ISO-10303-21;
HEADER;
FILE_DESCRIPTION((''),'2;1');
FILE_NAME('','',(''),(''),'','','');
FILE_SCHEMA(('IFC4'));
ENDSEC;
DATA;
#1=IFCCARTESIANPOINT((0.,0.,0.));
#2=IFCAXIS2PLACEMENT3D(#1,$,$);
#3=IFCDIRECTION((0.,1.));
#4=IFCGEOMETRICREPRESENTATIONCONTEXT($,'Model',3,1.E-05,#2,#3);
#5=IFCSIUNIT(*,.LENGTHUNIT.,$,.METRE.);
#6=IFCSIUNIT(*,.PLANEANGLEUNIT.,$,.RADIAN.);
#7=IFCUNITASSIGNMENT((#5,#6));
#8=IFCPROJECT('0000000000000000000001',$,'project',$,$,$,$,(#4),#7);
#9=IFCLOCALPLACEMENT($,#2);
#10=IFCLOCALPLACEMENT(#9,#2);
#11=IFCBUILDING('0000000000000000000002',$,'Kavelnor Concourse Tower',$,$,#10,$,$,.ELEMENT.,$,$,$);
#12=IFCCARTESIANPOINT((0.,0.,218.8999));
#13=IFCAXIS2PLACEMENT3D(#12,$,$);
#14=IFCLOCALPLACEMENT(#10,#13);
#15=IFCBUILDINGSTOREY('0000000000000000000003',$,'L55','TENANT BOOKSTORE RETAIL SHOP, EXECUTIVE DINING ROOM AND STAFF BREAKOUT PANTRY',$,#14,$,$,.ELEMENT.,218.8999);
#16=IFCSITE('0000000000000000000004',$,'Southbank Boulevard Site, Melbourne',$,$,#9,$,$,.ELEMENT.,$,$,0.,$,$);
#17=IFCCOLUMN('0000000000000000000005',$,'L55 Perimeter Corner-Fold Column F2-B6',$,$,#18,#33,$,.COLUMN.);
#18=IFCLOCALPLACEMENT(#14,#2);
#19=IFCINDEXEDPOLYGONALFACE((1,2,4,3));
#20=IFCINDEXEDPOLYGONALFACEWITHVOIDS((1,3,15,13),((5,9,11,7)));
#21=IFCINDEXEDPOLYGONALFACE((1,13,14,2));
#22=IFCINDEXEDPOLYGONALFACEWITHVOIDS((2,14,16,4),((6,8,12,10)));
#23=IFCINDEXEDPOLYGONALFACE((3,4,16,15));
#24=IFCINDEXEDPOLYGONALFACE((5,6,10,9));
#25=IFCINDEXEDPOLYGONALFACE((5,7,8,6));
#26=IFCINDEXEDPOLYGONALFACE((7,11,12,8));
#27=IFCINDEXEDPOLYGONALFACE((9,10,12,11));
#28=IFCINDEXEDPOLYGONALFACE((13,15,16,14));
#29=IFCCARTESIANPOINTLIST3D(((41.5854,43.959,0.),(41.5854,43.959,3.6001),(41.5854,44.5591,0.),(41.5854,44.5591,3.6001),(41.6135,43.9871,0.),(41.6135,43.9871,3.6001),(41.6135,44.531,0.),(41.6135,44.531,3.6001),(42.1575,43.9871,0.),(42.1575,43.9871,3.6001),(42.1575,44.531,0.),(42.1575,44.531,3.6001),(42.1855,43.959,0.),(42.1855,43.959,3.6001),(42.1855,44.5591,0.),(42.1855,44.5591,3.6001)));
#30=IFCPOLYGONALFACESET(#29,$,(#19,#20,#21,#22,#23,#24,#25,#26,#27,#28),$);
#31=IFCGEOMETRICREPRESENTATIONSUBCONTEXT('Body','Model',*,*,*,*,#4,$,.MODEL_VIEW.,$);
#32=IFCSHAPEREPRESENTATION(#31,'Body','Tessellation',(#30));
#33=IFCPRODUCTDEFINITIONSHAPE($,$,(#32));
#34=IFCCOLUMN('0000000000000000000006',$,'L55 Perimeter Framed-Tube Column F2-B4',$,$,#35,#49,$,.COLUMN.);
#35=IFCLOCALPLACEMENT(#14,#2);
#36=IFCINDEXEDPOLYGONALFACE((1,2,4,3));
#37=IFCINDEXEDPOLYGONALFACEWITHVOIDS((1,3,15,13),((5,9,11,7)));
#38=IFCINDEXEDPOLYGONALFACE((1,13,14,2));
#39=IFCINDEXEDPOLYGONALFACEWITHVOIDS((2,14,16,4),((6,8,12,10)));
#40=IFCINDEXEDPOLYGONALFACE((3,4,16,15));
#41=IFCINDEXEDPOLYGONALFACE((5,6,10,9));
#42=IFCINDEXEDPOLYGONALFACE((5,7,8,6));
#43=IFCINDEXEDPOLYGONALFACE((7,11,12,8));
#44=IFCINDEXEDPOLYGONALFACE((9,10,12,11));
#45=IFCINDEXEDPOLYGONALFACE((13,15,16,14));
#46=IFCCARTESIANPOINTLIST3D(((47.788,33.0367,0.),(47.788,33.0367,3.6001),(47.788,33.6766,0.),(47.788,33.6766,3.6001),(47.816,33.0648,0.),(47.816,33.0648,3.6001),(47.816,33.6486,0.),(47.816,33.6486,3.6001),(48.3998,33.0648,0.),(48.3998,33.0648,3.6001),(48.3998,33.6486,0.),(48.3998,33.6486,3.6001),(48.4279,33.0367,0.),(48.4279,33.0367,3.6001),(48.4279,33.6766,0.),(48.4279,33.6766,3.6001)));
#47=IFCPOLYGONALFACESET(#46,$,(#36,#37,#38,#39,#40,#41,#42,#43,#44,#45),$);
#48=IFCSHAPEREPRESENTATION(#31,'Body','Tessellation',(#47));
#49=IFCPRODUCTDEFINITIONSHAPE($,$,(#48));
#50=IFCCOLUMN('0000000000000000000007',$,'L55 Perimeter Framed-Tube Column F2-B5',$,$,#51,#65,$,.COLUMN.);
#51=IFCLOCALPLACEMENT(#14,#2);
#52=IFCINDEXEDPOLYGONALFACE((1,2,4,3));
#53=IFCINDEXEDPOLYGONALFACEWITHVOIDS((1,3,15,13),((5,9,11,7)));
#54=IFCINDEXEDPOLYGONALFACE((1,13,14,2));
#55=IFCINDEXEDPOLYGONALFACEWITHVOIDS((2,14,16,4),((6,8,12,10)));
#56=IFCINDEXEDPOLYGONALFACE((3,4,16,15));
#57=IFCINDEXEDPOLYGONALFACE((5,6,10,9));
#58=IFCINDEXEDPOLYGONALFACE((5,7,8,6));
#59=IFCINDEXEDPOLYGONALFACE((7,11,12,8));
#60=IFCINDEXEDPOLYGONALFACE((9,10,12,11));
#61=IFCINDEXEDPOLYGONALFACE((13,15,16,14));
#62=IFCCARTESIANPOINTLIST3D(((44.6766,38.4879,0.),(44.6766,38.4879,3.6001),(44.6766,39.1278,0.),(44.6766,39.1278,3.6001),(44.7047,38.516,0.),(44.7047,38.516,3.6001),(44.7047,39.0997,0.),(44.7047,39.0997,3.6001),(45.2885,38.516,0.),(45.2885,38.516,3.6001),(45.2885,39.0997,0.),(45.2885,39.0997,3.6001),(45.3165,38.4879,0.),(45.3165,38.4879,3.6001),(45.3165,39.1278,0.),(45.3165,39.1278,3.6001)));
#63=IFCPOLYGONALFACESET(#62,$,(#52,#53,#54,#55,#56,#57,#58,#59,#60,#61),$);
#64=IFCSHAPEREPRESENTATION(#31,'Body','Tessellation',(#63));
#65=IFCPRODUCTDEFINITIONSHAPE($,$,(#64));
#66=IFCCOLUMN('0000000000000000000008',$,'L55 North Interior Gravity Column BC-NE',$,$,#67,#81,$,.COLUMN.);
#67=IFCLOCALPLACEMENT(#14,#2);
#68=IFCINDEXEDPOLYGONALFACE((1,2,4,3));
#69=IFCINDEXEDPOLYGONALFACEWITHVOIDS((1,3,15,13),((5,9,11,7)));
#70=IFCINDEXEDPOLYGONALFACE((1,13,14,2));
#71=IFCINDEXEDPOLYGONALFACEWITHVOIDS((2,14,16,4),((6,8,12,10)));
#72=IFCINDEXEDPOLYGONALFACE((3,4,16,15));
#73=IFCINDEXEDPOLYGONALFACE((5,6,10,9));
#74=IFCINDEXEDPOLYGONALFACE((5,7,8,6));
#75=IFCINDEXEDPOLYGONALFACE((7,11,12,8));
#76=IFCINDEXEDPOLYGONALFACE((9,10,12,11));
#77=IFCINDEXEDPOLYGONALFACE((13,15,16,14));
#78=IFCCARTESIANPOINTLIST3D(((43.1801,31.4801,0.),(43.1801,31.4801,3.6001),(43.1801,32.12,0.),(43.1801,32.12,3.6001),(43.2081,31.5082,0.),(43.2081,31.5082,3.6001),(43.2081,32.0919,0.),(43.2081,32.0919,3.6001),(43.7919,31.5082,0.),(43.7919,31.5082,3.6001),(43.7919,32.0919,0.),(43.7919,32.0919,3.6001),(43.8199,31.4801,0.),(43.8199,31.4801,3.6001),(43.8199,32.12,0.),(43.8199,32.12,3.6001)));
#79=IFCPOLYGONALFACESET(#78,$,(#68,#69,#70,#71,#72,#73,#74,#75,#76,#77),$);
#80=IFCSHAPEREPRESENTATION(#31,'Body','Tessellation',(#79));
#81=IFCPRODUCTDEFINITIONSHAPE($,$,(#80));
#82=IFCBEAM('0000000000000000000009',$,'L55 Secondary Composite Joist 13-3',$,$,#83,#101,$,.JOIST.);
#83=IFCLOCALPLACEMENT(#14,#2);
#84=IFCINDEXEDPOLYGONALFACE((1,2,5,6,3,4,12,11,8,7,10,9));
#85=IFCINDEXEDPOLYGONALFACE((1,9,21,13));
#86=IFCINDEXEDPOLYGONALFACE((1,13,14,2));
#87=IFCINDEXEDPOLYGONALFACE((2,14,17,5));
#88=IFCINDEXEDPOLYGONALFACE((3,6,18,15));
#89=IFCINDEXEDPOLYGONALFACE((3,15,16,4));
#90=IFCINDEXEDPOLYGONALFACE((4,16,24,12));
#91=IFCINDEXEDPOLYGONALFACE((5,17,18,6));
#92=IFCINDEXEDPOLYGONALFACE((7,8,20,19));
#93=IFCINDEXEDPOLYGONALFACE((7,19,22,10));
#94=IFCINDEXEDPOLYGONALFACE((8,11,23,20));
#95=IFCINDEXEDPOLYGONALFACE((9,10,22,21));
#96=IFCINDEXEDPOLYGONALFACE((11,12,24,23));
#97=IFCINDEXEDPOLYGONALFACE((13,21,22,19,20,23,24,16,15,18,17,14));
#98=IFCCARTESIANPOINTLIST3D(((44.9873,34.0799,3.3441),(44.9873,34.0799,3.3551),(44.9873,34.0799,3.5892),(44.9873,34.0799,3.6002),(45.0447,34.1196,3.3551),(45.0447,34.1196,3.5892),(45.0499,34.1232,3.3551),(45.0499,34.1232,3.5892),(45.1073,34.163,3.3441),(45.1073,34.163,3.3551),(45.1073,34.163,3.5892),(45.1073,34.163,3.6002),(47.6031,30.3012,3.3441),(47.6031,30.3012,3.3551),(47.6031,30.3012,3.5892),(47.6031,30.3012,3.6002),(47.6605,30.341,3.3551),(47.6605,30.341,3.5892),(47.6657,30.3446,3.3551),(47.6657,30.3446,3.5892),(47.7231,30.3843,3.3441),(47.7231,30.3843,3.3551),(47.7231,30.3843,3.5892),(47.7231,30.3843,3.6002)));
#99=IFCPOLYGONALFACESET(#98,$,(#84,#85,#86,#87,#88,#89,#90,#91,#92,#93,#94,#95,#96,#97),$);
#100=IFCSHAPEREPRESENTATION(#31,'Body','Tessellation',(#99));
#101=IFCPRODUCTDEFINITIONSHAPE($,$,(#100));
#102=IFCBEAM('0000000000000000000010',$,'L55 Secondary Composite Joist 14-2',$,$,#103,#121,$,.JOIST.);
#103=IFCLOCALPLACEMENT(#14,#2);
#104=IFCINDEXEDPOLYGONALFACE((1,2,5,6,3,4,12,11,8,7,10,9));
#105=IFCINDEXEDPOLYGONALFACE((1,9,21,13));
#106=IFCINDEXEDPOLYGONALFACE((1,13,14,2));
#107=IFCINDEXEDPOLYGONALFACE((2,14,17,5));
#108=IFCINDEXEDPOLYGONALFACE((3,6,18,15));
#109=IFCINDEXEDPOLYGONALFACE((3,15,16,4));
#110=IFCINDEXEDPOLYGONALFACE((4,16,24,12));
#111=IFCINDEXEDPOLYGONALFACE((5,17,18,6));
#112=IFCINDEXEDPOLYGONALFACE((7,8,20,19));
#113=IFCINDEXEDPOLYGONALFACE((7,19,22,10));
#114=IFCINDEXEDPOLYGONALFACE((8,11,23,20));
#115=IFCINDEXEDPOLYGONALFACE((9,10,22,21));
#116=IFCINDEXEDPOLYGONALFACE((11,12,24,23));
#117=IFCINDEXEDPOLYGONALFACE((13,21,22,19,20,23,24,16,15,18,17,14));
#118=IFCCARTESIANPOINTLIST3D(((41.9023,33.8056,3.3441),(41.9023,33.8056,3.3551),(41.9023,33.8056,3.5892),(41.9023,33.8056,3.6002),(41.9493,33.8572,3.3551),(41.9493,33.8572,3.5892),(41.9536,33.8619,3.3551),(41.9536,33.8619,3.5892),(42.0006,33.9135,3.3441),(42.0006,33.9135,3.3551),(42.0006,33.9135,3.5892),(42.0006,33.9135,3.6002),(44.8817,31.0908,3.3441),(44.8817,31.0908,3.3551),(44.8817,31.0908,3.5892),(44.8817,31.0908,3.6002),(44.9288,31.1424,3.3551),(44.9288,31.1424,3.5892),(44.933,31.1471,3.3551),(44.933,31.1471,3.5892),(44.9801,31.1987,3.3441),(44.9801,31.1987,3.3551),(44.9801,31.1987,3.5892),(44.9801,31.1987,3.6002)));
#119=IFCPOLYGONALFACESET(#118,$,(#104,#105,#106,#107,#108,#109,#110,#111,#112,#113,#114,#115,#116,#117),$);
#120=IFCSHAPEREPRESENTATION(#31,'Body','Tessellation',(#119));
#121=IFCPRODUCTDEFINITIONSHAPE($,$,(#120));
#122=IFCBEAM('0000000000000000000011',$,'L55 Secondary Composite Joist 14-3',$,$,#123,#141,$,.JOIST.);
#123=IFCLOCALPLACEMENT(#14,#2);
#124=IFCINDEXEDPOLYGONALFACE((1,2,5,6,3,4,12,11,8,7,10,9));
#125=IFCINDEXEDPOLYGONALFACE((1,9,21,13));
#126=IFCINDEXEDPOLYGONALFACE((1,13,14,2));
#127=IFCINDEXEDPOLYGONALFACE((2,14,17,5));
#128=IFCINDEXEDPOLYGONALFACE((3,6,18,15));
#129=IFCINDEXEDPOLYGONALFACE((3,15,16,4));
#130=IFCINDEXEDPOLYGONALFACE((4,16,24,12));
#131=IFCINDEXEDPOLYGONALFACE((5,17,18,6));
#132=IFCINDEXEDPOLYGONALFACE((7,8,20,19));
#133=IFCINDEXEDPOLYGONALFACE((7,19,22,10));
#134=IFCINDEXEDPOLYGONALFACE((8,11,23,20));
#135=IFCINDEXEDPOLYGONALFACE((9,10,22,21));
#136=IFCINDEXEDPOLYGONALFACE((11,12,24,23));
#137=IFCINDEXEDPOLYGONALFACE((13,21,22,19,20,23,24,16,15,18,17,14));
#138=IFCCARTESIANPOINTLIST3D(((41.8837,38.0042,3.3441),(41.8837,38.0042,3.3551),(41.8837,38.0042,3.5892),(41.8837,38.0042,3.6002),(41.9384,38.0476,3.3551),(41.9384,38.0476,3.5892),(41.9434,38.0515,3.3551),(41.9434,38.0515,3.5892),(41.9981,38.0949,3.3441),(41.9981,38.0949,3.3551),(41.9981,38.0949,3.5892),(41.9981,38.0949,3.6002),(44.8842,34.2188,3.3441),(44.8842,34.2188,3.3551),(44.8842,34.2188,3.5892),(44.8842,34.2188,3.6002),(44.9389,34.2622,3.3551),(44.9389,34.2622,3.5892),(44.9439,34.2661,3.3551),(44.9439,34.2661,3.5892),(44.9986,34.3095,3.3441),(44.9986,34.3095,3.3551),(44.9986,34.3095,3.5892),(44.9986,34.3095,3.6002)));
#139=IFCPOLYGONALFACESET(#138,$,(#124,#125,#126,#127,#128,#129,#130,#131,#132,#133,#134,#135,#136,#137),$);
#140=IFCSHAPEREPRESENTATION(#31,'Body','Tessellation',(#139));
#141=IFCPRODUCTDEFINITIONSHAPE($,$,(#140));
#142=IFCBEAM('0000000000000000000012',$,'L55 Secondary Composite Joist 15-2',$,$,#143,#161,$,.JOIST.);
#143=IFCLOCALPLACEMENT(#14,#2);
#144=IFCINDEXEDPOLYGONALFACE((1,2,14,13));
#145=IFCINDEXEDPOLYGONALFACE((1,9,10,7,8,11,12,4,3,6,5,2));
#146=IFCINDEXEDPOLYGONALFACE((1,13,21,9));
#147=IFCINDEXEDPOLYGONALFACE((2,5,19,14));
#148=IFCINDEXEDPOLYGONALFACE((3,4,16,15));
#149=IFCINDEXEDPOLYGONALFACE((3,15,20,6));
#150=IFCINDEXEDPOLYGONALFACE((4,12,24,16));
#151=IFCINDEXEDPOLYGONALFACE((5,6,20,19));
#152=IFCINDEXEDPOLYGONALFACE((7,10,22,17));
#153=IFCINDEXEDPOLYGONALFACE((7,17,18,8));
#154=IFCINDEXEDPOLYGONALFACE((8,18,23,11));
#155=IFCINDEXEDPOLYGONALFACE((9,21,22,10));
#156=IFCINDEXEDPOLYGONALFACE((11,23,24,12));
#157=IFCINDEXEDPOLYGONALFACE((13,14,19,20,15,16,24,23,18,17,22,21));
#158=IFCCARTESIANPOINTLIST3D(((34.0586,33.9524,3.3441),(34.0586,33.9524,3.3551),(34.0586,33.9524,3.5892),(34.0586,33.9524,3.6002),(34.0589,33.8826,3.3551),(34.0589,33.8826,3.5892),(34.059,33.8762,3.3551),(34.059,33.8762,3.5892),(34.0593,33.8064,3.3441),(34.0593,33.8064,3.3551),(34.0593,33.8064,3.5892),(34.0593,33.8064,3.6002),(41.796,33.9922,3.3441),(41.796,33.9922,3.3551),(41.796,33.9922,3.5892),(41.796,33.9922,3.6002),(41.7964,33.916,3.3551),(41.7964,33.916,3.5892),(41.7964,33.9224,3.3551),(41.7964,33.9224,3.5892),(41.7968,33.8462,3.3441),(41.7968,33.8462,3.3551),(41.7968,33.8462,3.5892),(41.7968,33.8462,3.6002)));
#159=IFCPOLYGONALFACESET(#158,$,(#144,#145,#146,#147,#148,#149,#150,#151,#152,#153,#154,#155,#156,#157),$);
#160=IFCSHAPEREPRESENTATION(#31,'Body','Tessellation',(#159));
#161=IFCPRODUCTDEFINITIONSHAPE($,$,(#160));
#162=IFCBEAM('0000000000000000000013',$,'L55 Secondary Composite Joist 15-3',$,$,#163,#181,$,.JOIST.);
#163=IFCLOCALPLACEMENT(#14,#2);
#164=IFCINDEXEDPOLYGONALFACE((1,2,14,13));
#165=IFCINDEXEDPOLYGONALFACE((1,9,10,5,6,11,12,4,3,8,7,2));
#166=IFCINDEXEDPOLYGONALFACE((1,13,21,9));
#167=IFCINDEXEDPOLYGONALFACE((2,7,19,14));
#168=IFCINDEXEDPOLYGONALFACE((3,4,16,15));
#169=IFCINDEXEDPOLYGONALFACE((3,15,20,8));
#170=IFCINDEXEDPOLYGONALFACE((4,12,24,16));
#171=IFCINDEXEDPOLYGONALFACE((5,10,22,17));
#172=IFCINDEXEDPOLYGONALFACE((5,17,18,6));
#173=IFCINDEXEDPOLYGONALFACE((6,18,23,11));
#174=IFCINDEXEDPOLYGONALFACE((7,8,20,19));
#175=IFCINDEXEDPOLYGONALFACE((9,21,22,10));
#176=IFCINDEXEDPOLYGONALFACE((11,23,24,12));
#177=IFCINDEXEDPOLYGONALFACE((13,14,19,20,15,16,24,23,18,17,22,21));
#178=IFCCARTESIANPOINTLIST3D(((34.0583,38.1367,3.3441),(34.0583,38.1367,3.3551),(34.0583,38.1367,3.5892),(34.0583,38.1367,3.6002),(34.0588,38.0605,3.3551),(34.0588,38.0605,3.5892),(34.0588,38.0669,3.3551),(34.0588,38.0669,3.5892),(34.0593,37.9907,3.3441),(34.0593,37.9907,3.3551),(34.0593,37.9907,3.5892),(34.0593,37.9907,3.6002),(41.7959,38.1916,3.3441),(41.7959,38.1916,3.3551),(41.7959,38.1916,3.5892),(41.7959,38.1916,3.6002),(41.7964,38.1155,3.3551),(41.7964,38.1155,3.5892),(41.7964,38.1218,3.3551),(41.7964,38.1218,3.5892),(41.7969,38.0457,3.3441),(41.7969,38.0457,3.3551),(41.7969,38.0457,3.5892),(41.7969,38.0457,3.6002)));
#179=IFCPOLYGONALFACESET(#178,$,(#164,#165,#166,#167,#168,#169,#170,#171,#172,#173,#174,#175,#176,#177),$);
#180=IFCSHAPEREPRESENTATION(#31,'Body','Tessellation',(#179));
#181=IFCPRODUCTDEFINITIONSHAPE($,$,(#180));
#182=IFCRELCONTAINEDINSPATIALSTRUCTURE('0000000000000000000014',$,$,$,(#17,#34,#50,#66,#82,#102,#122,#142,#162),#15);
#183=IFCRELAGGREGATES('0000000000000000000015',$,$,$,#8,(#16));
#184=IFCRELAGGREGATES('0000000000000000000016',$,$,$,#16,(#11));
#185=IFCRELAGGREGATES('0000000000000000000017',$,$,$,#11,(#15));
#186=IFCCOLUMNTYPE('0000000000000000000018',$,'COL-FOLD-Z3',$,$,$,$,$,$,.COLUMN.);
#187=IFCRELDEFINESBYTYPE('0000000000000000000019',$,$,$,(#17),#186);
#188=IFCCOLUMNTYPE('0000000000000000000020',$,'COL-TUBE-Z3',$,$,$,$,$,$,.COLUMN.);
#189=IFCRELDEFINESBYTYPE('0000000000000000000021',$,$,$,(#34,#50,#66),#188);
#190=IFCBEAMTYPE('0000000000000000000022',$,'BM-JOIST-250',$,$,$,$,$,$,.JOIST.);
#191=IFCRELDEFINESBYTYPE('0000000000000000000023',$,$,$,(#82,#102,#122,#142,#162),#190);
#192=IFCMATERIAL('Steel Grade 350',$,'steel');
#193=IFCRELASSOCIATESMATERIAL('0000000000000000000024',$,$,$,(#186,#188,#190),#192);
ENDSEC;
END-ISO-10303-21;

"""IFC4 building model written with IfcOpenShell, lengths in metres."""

from ifc_helpers import new_model, si_unit, direction, frame, origin, origin_2d, place, context, subcontext, project, spatial, hollow_rectangle, i_section, extrude, material, material_profile, profile_set, type_object, element, save


model = new_model("IFC4")

# Units and contexts
model_context = context("Model", 3, precision=1e-05, world=origin(), true_north=direction((0.0, 1.0)))
body_context = subcontext(model_context, "Body", "Model", "MODEL_VIEW")
ifc_project = project(units=[si_unit("LENGTHUNIT", "METRE"), si_unit("PLANEANGLEUNIT", "RADIAN")], contexts=[model_context])

# Site, building, storey
site_placement = place(None, origin())
site = spatial("IfcSite", under=ifc_project, at=site_placement, Name="Southbank Boulevard Site, Melbourne", CompositionType="ELEMENT", RefElevation=0.0)
building_placement = place(site_placement, origin())
building = spatial("IfcBuilding", under=site, at=building_placement, Name="Kavelnor Concourse Tower", CompositionType="ELEMENT")
storey_placement = place(building_placement, frame((0.0, 0.0, 218.8999)))
storey = spatial("IfcBuildingStorey", under=building, at=storey_placement, Name="L55", Description="TENANT BOOKSTORE RETAIL SHOP, EXECUTIVE DINING ROOM AND STAFF BREAKOUT PANTRY", CompositionType="ELEMENT", Elevation=218.8999)

# Columns
ifc_material_1 = material(Name="Steel Grade 350", Category="steel")
ifc_material_profile_1 = material_profile(ifc_material_1, hollow_rectangle(XDim=0.6001, YDim=0.6001, WallThickness=0.0281, at=origin_2d()), Name="SHS 600x600x28")
ifc_profile_set_1 = profile_set([ifc_material_profile_1], Name="Steel Grade 350")
column_type_1 = type_object("IfcColumnType", Name="COL-FOLD-Z3", PredefinedType="COLUMN", material=ifc_profile_set_1)
column_placement = place(storey_placement, frame((41.8855, 44.259, 0.0), z_axis=(0.0, 0.0, 1.0), x_axis=(1.0, 0.0, 0.0)))
element("IfcColumn", 1, at=column_placement, inside=storey, type_object=column_type_1, Name="L55 Perimeter Corner-Fold Column F2-B6", PredefinedType="COLUMN", context=body_context, shape_type="SweptSolid", body=[
    extrude(hollow_rectangle(XDim=0.6001, YDim=0.6001, WallThickness=0.0281, at=origin_2d()), origin(), (0.0, 0.0, 1.0), 3.6001),
])
ifc_material_profile_2 = material_profile(ifc_material_1, hollow_rectangle(XDim=0.6399, YDim=0.6399, WallThickness=0.0281, at=origin_2d()), Name="SHS 640x640x28")
ifc_profile_set_2 = profile_set([ifc_material_profile_2], Name="Steel Grade 350")
column_type_2 = type_object("IfcColumnType", Name="COL-TUBE-Z3", PredefinedType="COLUMN", material=ifc_profile_set_2)
for number, where, z_axis, x_axis, name in (
    (2, (48.1079, 33.3567, 0.0), (0.0, 0.0, 1.0), (1.0, 0.0, 0.0), "L55 Perimeter Framed-Tube Column F2-B4"),
    (3, (44.9966, 38.8079, 0.0), (0.0, 0.0, 1.0), (1.0, 0.0, 0.0), "L55 Perimeter Framed-Tube Column F2-B5"),
    (4, (43.5, 31.8, 0.0), (0.0, 0.0, 1.0), (1.0, 0.0, 0.0), "L55 North Interior Gravity Column BC-NE"),
):
    element("IfcColumn", number, at=place(storey_placement, frame(where, z_axis=z_axis, x_axis=x_axis)), inside=storey, type_object=column_type_2, Name=name, PredefinedType="COLUMN", context=body_context, shape_type="SweptSolid", body=[
        extrude(hollow_rectangle(XDim=0.6399, YDim=0.6399, WallThickness=0.0281, at=origin_2d()), origin(), (0.0, 0.0, 1.0), 3.6001),
    ])

# Beams
ifc_material_profile_3 = material_profile(ifc_material_1, i_section(OverallWidth=0.146, OverallDepth=0.2561, WebThickness=0.0063, FlangeThickness=0.011, at=origin_2d()), Name="250UB37")
ifc_profile_set_3 = profile_set([ifc_material_profile_3], Name="Steel Grade 350")
beam_type_1 = type_object("IfcBeamType", Name="BM-JOIST-250", PredefinedType="JOIST", material=ifc_profile_set_3)
beam_1_placement = place(storey_placement, frame((47.6631, 30.3428, 3.4722), z_axis=(-0.56918, 0.822213, 0.0), x_axis=(-0.822213, -0.56918, 0.0)))
element("IfcBeam", 5, at=beam_1_placement, inside=storey, type_object=beam_type_1, Name="L55 Secondary Composite Joist 13-3", PredefinedType="JOIST", context=body_context, shape_type="SweptSolid", body=[
    extrude(i_section(OverallWidth=0.146, OverallDepth=0.2561, WebThickness=0.0063, FlangeThickness=0.011, at=origin_2d()), origin(), (0.0, 0.0, 1.0), 4.5957),
])
beam_2_placement = place(storey_placement, frame((44.9309, 31.1448, 3.4722), z_axis=(-0.739172, 0.673516, 0.0), x_axis=(-0.673516, -0.739172, 0.0)))
element("IfcBeam", 6, at=beam_2_placement, inside=storey, type_object=beam_type_1, Name="L55 Secondary Composite Joist 14-2", PredefinedType="JOIST", context=body_context, shape_type="SweptSolid", body=[
    extrude(i_section(OverallWidth=0.146, OverallDepth=0.2561, WebThickness=0.0063, FlangeThickness=0.011, at=origin_2d()), origin(), (0.0, 0.0, 1.0), 4.0308),
])
beam_3_placement = place(storey_placement, frame((44.9414, 34.2642, 3.4722), z_axis=(-0.621175, 0.783672, 0.0), x_axis=(-0.783672, -0.621175, 0.0)))
element("IfcBeam", 7, at=beam_3_placement, inside=storey, type_object=beam_type_1, Name="L55 Secondary Composite Joist 14-3", PredefinedType="JOIST", context=body_context, shape_type="SweptSolid", body=[
    extrude(i_section(OverallWidth=0.146, OverallDepth=0.2561, WebThickness=0.0063, FlangeThickness=0.011, at=origin_2d()), origin(), (0.0, 0.0, 1.0), 4.8303),
])
beam_4_placement = place(storey_placement, frame((41.7964, 33.9192, 3.4722), z_axis=(-0.999987, -0.005143, 0.0), x_axis=(0.005143, -0.999987, 0.0)))
element("IfcBeam", 8, at=beam_4_placement, inside=storey, type_object=beam_type_1, Name="L55 Secondary Composite Joist 15-2", PredefinedType="JOIST", context=body_context, shape_type="SweptSolid", body=[
    extrude(i_section(OverallWidth=0.146, OverallDepth=0.2561, WebThickness=0.0063, FlangeThickness=0.011, at=origin_2d()), origin(), (0.0, 0.0, 1.0), 7.7375),
])
beam_5_placement = place(storey_placement, frame((41.7964, 38.1187, 3.4722), z_axis=(-0.999975, -0.007099, 0.0), x_axis=(0.007099, -0.999975, 0.0)))
element("IfcBeam", 9, at=beam_5_placement, inside=storey, type_object=beam_type_1, Name="L55 Secondary Composite Joist 15-3", PredefinedType="JOIST", context=body_context, shape_type="SweptSolid", body=[
    extrude(i_section(OverallWidth=0.146, OverallDepth=0.2561, WebThickness=0.0063, FlangeThickness=0.011, at=origin_2d()), origin(), (0.0, 0.0, 1.0), 7.7378),
])

save(model, "model.ifc")
